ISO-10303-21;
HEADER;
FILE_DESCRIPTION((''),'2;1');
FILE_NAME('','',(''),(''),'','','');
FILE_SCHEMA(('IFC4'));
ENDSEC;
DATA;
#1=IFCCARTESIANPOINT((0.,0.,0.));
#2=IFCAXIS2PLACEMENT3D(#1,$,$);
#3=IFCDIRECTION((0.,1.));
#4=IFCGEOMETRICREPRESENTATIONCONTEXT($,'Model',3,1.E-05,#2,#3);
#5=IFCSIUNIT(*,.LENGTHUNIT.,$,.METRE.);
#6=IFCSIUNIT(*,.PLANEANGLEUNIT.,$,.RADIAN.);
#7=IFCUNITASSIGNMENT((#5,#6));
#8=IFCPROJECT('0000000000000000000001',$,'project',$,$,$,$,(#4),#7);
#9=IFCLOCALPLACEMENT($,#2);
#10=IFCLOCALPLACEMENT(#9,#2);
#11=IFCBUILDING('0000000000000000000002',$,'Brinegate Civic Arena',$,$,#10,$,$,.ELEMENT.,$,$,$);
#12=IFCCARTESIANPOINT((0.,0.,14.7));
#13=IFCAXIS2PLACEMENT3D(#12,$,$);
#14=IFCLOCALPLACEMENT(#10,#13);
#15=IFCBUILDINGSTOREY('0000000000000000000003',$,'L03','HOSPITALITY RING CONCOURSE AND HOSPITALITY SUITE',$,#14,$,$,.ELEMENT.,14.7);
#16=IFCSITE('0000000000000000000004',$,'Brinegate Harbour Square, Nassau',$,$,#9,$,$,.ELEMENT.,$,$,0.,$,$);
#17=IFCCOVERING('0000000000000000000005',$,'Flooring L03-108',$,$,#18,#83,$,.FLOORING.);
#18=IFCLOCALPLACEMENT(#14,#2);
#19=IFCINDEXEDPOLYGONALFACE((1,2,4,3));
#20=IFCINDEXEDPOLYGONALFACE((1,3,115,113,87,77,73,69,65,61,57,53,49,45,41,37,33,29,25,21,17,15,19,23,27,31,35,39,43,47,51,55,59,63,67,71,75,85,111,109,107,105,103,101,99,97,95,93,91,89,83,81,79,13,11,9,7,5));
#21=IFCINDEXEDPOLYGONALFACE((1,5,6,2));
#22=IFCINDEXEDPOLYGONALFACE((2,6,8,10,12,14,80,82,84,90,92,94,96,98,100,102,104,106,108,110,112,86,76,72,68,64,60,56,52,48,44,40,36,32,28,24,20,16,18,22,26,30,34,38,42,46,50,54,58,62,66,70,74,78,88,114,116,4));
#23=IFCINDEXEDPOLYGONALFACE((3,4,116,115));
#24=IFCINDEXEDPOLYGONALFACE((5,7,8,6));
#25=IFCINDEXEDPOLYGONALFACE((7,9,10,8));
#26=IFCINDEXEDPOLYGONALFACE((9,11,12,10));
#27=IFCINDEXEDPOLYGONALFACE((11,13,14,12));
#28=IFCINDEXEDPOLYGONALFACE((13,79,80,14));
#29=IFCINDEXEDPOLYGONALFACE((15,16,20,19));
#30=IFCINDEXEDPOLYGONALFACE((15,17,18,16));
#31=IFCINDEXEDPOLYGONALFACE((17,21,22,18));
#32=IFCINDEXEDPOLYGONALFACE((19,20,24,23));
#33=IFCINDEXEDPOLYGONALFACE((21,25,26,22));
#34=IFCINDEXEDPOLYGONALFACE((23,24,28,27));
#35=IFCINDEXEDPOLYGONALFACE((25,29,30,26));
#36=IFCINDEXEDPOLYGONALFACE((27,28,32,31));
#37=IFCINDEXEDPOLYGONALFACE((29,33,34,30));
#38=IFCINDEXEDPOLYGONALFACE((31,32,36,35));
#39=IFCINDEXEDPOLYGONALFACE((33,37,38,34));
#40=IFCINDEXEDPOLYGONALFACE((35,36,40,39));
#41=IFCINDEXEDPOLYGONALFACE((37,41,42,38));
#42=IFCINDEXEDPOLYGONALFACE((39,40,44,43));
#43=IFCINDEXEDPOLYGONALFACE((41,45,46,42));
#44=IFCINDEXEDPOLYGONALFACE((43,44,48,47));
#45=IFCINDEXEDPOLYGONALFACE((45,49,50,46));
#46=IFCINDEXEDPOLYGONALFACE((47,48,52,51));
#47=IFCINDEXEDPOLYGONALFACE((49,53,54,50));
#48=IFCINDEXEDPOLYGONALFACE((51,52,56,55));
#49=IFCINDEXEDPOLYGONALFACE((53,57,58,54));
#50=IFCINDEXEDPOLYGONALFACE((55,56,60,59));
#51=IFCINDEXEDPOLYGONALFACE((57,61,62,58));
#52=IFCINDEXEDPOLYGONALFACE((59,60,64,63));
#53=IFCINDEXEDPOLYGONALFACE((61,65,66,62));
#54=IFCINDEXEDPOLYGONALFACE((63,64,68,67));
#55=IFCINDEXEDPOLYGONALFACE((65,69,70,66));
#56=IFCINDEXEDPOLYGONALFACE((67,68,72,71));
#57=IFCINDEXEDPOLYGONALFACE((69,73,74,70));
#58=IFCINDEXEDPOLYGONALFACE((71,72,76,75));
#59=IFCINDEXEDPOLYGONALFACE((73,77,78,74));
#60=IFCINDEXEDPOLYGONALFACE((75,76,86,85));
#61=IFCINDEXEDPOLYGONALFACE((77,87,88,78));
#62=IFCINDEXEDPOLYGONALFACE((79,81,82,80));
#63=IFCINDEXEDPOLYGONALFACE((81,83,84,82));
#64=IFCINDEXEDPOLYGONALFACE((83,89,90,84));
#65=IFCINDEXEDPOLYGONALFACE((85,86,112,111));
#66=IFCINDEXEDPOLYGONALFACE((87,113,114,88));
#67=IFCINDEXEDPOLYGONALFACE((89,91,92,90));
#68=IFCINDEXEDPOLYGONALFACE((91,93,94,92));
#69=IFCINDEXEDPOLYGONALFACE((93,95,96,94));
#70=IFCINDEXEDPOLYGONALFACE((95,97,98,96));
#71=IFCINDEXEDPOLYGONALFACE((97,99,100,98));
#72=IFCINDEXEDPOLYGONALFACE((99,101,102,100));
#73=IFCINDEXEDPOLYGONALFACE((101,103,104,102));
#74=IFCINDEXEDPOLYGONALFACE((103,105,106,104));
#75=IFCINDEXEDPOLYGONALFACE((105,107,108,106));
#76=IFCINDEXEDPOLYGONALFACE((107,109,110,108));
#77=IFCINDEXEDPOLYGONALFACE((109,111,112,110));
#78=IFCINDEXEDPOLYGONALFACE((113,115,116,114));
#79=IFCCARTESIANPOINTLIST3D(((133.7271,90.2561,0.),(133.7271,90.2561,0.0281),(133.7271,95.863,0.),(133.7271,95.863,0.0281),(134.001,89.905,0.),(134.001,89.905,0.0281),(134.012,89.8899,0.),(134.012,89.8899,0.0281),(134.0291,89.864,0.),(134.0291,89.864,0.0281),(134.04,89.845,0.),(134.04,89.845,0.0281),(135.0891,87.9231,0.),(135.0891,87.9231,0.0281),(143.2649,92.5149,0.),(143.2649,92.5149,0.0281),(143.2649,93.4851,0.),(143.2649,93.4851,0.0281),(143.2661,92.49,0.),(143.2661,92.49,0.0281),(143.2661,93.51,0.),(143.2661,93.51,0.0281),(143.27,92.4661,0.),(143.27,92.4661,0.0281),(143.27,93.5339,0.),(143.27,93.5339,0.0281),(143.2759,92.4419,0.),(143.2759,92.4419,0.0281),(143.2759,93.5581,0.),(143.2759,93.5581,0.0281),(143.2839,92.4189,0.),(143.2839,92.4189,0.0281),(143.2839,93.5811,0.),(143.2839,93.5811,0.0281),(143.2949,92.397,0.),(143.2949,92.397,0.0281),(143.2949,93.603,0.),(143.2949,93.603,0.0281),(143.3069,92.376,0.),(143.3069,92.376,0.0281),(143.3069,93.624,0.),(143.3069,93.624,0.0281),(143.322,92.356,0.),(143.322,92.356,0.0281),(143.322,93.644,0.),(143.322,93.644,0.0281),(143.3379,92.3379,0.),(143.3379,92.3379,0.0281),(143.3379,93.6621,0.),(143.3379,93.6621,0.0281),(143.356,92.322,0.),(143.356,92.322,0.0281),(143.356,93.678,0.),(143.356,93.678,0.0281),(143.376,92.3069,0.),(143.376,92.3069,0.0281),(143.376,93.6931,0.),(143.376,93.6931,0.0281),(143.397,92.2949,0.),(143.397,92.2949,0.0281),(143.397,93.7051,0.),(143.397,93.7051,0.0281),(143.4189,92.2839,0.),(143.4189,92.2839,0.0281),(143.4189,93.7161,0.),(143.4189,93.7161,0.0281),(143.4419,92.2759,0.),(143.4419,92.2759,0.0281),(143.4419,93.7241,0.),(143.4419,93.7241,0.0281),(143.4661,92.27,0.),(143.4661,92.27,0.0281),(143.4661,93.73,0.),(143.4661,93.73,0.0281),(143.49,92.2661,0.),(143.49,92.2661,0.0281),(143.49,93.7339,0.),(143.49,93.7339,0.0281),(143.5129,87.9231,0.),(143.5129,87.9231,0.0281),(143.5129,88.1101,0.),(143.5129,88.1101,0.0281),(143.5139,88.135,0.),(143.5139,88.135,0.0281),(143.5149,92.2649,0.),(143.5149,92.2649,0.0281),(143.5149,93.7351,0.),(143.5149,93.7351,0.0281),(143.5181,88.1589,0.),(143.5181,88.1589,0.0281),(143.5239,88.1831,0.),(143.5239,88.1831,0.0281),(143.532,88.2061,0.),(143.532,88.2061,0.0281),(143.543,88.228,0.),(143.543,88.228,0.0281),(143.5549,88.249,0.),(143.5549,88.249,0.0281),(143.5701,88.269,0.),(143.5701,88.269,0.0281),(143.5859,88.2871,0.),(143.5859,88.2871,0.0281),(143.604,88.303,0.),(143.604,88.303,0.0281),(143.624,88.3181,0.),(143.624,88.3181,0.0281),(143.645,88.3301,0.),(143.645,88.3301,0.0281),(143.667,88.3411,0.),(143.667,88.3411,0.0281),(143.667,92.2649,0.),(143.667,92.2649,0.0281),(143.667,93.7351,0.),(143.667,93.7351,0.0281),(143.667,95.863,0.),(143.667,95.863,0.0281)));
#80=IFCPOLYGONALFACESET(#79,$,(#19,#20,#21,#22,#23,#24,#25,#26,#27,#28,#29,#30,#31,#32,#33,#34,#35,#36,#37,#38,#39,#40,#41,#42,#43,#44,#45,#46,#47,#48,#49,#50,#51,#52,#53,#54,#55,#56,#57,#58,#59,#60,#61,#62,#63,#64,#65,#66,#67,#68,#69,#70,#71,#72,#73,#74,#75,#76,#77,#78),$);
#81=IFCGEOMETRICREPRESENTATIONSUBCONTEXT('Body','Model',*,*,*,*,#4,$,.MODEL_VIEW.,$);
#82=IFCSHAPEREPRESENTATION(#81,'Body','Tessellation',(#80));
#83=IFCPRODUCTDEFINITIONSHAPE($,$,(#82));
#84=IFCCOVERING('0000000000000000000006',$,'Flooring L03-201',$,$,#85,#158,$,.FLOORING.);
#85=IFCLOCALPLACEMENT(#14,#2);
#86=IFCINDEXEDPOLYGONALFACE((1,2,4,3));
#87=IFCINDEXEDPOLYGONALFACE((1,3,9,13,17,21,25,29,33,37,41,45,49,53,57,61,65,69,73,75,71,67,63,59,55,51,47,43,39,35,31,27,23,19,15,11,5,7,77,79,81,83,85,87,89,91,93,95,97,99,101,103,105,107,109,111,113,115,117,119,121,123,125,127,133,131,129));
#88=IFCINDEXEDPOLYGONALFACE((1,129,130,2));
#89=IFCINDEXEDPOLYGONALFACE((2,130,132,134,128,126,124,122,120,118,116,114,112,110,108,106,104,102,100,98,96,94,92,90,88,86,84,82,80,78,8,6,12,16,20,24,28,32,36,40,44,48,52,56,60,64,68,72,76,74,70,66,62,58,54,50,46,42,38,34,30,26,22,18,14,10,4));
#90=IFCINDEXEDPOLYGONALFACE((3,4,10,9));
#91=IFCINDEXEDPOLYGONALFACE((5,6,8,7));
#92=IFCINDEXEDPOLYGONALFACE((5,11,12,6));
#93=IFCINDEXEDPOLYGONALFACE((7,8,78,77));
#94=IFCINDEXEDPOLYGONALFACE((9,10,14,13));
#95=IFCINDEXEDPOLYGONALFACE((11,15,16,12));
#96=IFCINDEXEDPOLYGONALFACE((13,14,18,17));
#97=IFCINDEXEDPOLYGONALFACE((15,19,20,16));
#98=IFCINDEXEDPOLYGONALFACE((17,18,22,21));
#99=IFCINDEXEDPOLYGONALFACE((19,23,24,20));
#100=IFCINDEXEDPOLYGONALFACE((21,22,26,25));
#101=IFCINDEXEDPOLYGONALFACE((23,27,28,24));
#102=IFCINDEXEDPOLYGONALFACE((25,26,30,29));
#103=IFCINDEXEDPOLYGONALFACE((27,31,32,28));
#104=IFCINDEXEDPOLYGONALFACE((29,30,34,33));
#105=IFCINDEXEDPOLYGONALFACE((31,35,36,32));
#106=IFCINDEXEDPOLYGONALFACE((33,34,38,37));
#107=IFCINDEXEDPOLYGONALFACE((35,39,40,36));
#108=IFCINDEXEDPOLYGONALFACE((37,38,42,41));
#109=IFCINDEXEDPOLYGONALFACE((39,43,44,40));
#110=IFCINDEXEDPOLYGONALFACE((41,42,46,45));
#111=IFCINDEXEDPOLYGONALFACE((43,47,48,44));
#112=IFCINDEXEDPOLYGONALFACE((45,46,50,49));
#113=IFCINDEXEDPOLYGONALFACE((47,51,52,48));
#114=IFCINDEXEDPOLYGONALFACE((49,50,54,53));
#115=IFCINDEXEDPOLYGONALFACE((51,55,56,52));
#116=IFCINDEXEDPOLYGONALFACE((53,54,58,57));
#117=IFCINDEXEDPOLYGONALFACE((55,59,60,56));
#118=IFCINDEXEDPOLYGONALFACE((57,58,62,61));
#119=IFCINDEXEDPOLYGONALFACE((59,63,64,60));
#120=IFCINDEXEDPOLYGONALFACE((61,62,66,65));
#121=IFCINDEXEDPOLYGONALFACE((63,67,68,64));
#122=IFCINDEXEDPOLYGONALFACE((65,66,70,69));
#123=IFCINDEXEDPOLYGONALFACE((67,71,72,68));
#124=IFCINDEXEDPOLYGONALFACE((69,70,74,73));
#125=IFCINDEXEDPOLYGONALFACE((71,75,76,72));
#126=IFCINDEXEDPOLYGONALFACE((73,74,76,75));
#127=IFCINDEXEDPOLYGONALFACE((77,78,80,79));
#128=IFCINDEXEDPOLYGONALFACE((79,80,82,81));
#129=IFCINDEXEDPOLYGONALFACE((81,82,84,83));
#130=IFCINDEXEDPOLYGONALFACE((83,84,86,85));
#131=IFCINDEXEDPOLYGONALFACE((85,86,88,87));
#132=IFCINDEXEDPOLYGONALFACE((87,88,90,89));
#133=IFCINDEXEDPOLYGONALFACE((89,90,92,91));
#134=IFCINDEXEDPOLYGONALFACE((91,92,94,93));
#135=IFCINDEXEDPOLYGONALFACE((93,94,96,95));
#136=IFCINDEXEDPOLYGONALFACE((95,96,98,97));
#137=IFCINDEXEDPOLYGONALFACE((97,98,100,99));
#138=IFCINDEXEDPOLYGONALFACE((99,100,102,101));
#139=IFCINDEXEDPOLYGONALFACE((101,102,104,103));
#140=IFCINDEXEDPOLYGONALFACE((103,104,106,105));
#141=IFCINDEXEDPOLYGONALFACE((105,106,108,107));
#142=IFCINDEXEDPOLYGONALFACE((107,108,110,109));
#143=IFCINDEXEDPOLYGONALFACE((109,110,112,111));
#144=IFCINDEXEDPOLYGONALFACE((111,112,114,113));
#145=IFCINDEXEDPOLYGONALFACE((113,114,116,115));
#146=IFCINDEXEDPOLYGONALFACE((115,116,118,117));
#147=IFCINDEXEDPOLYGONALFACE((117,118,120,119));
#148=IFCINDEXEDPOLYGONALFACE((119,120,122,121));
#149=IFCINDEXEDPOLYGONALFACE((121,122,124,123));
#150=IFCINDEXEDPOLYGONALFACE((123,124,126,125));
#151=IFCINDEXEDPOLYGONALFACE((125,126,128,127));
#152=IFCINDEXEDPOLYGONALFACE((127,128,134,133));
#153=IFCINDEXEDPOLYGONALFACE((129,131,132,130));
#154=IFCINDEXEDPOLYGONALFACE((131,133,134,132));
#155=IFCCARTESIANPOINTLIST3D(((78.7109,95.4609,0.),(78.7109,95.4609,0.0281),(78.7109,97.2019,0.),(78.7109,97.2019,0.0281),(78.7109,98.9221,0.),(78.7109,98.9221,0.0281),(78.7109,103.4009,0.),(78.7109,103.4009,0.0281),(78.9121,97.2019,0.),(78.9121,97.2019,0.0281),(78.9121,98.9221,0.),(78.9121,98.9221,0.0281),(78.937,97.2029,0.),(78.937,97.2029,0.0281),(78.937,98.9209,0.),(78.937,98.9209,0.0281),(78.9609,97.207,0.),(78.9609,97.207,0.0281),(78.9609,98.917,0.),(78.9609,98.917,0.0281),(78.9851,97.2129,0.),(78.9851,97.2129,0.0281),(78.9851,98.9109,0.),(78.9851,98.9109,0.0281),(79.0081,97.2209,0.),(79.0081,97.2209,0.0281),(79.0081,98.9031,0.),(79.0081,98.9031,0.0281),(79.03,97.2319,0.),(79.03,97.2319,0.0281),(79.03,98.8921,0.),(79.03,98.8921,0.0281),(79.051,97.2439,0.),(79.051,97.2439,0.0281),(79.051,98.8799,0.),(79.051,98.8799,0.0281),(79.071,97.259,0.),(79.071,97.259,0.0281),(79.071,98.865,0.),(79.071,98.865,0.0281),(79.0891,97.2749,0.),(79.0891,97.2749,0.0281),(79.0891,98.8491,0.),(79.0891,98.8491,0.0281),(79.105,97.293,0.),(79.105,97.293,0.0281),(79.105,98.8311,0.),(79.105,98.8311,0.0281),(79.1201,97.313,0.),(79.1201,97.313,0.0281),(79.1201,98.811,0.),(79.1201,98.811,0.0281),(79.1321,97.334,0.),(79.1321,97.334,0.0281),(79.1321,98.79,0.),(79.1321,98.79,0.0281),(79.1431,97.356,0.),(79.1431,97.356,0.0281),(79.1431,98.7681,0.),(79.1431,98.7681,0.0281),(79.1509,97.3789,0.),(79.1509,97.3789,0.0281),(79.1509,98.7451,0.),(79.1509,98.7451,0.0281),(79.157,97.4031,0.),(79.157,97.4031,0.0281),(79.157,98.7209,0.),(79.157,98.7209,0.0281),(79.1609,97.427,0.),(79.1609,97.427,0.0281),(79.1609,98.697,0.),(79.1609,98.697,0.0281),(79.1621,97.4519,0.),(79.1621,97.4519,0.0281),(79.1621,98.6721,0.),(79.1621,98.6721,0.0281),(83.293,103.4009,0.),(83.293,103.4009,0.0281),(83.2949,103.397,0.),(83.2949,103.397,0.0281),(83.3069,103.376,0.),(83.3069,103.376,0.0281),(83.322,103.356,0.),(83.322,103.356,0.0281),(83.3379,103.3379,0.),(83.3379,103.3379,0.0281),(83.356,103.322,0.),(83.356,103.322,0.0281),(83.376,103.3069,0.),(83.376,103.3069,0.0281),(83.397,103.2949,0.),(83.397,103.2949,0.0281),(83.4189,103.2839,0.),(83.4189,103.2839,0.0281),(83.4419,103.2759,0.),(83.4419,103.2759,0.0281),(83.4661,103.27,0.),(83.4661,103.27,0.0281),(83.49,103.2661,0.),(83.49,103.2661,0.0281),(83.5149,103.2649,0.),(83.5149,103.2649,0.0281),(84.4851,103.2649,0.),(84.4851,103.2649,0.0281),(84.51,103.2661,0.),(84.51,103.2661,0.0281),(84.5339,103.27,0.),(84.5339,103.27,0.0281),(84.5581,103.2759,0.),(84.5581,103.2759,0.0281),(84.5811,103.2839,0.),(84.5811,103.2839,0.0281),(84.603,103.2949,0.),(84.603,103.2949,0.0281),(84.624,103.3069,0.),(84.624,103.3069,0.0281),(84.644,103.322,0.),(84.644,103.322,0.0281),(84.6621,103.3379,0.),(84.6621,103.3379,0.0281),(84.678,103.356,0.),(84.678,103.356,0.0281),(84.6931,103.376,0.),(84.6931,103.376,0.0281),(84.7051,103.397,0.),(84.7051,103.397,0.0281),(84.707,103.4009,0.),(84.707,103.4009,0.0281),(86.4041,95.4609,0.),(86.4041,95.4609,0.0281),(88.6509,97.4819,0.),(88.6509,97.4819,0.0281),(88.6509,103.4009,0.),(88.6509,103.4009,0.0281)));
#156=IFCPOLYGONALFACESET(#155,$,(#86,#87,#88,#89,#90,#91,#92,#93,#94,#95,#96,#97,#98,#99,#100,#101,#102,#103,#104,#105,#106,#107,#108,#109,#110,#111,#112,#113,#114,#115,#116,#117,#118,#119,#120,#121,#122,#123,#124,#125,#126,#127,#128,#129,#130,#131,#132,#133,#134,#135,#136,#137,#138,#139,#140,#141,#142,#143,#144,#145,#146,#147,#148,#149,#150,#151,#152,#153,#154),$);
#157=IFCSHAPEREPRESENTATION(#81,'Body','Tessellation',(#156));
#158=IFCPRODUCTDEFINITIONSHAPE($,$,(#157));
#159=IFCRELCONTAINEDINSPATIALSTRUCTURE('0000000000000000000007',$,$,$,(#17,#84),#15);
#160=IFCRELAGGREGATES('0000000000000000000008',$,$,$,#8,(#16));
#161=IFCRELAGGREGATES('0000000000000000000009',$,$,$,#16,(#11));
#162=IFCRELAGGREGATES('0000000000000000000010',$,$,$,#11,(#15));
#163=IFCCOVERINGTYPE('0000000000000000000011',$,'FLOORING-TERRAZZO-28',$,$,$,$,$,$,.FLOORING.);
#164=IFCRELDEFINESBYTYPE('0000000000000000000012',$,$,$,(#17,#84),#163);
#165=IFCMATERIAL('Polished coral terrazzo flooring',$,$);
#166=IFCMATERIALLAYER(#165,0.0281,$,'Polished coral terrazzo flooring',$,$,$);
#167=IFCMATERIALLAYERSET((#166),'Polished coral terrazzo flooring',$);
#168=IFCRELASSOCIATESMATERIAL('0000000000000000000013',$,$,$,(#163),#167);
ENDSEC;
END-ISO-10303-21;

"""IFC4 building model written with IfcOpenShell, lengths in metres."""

from ifc_helpers import new_model, si_unit, direction, frame, origin, place, context, subcontext, project, spatial, polyline, outline, extrude, material, layer, layer_set, type_object, element, save


model = new_model("IFC4")

# Units and contexts
model_context = context("Model", 3, precision=1e-05, world=origin(), true_north=direction((0.0, 1.0)))
body_context = subcontext(model_context, "Body", "Model", "MODEL_VIEW")
ifc_project = project(units=[si_unit("LENGTHUNIT", "METRE"), si_unit("PLANEANGLEUNIT", "RADIAN")], contexts=[model_context])

# Site, building, storey
site_placement = place(None, origin())
site = spatial("IfcSite", under=ifc_project, at=site_placement, Name="Brinegate Harbour Square, Nassau", CompositionType="ELEMENT", RefElevation=0.0)
building_placement = place(site_placement, origin())
building = spatial("IfcBuilding", under=site, at=building_placement, Name="Brinegate Civic Arena", CompositionType="ELEMENT")
storey_placement = place(building_placement, frame((0.0, 0.0, 14.7)))
storey = spatial("IfcBuildingStorey", under=building, at=storey_placement, Name="L03", Description="HOSPITALITY RING CONCOURSE AND HOSPITALITY SUITE", CompositionType="ELEMENT", Elevation=14.7)

# Coverings
ifc_material_1 = material(Name="Polished coral terrazzo flooring")
ifc_layer_1 = layer(ifc_material_1, 0.0281, Name="Polished coral terrazzo flooring")
ifc_layer_set_1 = layer_set([ifc_layer_1], Name="Polished coral terrazzo flooring")
covering_type_1 = type_object("IfcCoveringType", Name="FLOORING-TERRAZZO-28", PredefinedType="FLOORING", material=ifc_layer_set_1)
covering_1_placement = place(storey_placement, origin())
element("IfcCovering", 1, at=covering_1_placement, inside=storey, type_object=covering_type_1, Name="Flooring L03-108", PredefinedType="FLOORING", context=body_context, shape_type="SweptSolid", body=[
    extrude(outline(polyline([(133.7271, 95.863), (143.667, 95.863), (143.667, 93.7351), (143.5149, 93.7351), (143.49, 93.7339), (143.4661, 93.73), (143.4419, 93.7241), (143.4189, 93.7161), (143.397, 93.7051), (143.376, 93.6931), (143.356, 93.678), (143.3379, 93.6621), (143.322, 93.644), (143.3069, 93.624), (143.2949, 93.603), (143.2839, 93.5811), (143.2759, 93.5581), (143.27, 93.5339), (143.2661, 93.51), (143.2649, 93.4851), (143.2649, 92.5149), (143.2661, 92.49), (143.27, 92.4661), (143.2759, 92.4419), (143.2839, 92.4189), (143.2949, 92.397), (143.3069, 92.376), (143.322, 92.356), (143.3379, 92.3379), (143.356, 92.322), (143.376, 92.3069), (143.397, 92.2949), (143.4189, 92.2839), (143.4419, 92.2759), (143.4661, 92.27), (143.49, 92.2661), (143.5149, 92.2649), (143.667, 92.2649), (143.667, 88.3411), (143.645, 88.3301), (143.624, 88.3181), (143.604, 88.303), (143.5859, 88.2871), (143.5701, 88.269), (143.5549, 88.249), (143.543, 88.228), (143.532, 88.2061), (143.5239, 88.1831), (143.5181, 88.1589), (143.5139, 88.135), (143.5129, 88.1101), (143.5129, 87.9231), (135.0891, 87.9231), (134.04, 89.845), (134.0291, 89.864), (134.012, 89.8899), (134.001, 89.905), (133.7271, 90.2561), (133.7271, 95.863)])), origin(), (0.0, 0.0, 1.0), 0.0281),
])
covering_2_placement = place(storey_placement, origin())
element("IfcCovering", 2, at=covering_2_placement, inside=storey, type_object=covering_type_1, Name="Flooring L03-201", PredefinedType="FLOORING", context=body_context, shape_type="SweptSolid", body=[
    extrude(outline(polyline([(78.7109, 95.4609), (78.7109, 97.2019), (78.9121, 97.2019), (78.937, 97.2029), (78.9609, 97.207), (78.9851, 97.2129), (79.0081, 97.2209), (79.03, 97.2319), (79.051, 97.2439), (79.071, 97.259), (79.0891, 97.2749), (79.105, 97.293), (79.1201, 97.313), (79.1321, 97.334), (79.1431, 97.356), (79.1509, 97.3789), (79.157, 97.4031), (79.1609, 97.427), (79.1621, 97.4519), (79.1621, 98.6721), (79.1609, 98.697), (79.157, 98.7209), (79.1509, 98.7451), (79.1431, 98.7681), (79.1321, 98.79), (79.1201, 98.811), (79.105, 98.8311), (79.0891, 98.8491), (79.071, 98.865), (79.051, 98.8799), (79.03, 98.8921), (79.0081, 98.9031), (78.9851, 98.9109), (78.9609, 98.917), (78.937, 98.9209), (78.9121, 98.9221), (78.7109, 98.9221), (78.7109, 103.4009), (83.293, 103.4009), (83.2949, 103.397), (83.3069, 103.376), (83.322, 103.356), (83.3379, 103.3379), (83.356, 103.322), (83.376, 103.3069), (83.397, 103.2949), (83.4189, 103.2839), (83.4419, 103.2759), (83.4661, 103.27), (83.49, 103.2661), (83.5149, 103.2649), (84.4851, 103.2649), (84.51, 103.2661), (84.5339, 103.27), (84.5581, 103.2759), (84.5811, 103.2839), (84.603, 103.2949), (84.624, 103.3069), (84.644, 103.322), (84.6621, 103.3379), (84.678, 103.356), (84.6931, 103.376), (84.7051, 103.397), (84.707, 103.4009), (88.6509, 103.4009), (88.6509, 97.4819), (86.4041, 95.4609), (78.7109, 95.4609)])), origin(), (0.0, 0.0, 1.0), 0.0281),
])

save(model, "model.ifc")
